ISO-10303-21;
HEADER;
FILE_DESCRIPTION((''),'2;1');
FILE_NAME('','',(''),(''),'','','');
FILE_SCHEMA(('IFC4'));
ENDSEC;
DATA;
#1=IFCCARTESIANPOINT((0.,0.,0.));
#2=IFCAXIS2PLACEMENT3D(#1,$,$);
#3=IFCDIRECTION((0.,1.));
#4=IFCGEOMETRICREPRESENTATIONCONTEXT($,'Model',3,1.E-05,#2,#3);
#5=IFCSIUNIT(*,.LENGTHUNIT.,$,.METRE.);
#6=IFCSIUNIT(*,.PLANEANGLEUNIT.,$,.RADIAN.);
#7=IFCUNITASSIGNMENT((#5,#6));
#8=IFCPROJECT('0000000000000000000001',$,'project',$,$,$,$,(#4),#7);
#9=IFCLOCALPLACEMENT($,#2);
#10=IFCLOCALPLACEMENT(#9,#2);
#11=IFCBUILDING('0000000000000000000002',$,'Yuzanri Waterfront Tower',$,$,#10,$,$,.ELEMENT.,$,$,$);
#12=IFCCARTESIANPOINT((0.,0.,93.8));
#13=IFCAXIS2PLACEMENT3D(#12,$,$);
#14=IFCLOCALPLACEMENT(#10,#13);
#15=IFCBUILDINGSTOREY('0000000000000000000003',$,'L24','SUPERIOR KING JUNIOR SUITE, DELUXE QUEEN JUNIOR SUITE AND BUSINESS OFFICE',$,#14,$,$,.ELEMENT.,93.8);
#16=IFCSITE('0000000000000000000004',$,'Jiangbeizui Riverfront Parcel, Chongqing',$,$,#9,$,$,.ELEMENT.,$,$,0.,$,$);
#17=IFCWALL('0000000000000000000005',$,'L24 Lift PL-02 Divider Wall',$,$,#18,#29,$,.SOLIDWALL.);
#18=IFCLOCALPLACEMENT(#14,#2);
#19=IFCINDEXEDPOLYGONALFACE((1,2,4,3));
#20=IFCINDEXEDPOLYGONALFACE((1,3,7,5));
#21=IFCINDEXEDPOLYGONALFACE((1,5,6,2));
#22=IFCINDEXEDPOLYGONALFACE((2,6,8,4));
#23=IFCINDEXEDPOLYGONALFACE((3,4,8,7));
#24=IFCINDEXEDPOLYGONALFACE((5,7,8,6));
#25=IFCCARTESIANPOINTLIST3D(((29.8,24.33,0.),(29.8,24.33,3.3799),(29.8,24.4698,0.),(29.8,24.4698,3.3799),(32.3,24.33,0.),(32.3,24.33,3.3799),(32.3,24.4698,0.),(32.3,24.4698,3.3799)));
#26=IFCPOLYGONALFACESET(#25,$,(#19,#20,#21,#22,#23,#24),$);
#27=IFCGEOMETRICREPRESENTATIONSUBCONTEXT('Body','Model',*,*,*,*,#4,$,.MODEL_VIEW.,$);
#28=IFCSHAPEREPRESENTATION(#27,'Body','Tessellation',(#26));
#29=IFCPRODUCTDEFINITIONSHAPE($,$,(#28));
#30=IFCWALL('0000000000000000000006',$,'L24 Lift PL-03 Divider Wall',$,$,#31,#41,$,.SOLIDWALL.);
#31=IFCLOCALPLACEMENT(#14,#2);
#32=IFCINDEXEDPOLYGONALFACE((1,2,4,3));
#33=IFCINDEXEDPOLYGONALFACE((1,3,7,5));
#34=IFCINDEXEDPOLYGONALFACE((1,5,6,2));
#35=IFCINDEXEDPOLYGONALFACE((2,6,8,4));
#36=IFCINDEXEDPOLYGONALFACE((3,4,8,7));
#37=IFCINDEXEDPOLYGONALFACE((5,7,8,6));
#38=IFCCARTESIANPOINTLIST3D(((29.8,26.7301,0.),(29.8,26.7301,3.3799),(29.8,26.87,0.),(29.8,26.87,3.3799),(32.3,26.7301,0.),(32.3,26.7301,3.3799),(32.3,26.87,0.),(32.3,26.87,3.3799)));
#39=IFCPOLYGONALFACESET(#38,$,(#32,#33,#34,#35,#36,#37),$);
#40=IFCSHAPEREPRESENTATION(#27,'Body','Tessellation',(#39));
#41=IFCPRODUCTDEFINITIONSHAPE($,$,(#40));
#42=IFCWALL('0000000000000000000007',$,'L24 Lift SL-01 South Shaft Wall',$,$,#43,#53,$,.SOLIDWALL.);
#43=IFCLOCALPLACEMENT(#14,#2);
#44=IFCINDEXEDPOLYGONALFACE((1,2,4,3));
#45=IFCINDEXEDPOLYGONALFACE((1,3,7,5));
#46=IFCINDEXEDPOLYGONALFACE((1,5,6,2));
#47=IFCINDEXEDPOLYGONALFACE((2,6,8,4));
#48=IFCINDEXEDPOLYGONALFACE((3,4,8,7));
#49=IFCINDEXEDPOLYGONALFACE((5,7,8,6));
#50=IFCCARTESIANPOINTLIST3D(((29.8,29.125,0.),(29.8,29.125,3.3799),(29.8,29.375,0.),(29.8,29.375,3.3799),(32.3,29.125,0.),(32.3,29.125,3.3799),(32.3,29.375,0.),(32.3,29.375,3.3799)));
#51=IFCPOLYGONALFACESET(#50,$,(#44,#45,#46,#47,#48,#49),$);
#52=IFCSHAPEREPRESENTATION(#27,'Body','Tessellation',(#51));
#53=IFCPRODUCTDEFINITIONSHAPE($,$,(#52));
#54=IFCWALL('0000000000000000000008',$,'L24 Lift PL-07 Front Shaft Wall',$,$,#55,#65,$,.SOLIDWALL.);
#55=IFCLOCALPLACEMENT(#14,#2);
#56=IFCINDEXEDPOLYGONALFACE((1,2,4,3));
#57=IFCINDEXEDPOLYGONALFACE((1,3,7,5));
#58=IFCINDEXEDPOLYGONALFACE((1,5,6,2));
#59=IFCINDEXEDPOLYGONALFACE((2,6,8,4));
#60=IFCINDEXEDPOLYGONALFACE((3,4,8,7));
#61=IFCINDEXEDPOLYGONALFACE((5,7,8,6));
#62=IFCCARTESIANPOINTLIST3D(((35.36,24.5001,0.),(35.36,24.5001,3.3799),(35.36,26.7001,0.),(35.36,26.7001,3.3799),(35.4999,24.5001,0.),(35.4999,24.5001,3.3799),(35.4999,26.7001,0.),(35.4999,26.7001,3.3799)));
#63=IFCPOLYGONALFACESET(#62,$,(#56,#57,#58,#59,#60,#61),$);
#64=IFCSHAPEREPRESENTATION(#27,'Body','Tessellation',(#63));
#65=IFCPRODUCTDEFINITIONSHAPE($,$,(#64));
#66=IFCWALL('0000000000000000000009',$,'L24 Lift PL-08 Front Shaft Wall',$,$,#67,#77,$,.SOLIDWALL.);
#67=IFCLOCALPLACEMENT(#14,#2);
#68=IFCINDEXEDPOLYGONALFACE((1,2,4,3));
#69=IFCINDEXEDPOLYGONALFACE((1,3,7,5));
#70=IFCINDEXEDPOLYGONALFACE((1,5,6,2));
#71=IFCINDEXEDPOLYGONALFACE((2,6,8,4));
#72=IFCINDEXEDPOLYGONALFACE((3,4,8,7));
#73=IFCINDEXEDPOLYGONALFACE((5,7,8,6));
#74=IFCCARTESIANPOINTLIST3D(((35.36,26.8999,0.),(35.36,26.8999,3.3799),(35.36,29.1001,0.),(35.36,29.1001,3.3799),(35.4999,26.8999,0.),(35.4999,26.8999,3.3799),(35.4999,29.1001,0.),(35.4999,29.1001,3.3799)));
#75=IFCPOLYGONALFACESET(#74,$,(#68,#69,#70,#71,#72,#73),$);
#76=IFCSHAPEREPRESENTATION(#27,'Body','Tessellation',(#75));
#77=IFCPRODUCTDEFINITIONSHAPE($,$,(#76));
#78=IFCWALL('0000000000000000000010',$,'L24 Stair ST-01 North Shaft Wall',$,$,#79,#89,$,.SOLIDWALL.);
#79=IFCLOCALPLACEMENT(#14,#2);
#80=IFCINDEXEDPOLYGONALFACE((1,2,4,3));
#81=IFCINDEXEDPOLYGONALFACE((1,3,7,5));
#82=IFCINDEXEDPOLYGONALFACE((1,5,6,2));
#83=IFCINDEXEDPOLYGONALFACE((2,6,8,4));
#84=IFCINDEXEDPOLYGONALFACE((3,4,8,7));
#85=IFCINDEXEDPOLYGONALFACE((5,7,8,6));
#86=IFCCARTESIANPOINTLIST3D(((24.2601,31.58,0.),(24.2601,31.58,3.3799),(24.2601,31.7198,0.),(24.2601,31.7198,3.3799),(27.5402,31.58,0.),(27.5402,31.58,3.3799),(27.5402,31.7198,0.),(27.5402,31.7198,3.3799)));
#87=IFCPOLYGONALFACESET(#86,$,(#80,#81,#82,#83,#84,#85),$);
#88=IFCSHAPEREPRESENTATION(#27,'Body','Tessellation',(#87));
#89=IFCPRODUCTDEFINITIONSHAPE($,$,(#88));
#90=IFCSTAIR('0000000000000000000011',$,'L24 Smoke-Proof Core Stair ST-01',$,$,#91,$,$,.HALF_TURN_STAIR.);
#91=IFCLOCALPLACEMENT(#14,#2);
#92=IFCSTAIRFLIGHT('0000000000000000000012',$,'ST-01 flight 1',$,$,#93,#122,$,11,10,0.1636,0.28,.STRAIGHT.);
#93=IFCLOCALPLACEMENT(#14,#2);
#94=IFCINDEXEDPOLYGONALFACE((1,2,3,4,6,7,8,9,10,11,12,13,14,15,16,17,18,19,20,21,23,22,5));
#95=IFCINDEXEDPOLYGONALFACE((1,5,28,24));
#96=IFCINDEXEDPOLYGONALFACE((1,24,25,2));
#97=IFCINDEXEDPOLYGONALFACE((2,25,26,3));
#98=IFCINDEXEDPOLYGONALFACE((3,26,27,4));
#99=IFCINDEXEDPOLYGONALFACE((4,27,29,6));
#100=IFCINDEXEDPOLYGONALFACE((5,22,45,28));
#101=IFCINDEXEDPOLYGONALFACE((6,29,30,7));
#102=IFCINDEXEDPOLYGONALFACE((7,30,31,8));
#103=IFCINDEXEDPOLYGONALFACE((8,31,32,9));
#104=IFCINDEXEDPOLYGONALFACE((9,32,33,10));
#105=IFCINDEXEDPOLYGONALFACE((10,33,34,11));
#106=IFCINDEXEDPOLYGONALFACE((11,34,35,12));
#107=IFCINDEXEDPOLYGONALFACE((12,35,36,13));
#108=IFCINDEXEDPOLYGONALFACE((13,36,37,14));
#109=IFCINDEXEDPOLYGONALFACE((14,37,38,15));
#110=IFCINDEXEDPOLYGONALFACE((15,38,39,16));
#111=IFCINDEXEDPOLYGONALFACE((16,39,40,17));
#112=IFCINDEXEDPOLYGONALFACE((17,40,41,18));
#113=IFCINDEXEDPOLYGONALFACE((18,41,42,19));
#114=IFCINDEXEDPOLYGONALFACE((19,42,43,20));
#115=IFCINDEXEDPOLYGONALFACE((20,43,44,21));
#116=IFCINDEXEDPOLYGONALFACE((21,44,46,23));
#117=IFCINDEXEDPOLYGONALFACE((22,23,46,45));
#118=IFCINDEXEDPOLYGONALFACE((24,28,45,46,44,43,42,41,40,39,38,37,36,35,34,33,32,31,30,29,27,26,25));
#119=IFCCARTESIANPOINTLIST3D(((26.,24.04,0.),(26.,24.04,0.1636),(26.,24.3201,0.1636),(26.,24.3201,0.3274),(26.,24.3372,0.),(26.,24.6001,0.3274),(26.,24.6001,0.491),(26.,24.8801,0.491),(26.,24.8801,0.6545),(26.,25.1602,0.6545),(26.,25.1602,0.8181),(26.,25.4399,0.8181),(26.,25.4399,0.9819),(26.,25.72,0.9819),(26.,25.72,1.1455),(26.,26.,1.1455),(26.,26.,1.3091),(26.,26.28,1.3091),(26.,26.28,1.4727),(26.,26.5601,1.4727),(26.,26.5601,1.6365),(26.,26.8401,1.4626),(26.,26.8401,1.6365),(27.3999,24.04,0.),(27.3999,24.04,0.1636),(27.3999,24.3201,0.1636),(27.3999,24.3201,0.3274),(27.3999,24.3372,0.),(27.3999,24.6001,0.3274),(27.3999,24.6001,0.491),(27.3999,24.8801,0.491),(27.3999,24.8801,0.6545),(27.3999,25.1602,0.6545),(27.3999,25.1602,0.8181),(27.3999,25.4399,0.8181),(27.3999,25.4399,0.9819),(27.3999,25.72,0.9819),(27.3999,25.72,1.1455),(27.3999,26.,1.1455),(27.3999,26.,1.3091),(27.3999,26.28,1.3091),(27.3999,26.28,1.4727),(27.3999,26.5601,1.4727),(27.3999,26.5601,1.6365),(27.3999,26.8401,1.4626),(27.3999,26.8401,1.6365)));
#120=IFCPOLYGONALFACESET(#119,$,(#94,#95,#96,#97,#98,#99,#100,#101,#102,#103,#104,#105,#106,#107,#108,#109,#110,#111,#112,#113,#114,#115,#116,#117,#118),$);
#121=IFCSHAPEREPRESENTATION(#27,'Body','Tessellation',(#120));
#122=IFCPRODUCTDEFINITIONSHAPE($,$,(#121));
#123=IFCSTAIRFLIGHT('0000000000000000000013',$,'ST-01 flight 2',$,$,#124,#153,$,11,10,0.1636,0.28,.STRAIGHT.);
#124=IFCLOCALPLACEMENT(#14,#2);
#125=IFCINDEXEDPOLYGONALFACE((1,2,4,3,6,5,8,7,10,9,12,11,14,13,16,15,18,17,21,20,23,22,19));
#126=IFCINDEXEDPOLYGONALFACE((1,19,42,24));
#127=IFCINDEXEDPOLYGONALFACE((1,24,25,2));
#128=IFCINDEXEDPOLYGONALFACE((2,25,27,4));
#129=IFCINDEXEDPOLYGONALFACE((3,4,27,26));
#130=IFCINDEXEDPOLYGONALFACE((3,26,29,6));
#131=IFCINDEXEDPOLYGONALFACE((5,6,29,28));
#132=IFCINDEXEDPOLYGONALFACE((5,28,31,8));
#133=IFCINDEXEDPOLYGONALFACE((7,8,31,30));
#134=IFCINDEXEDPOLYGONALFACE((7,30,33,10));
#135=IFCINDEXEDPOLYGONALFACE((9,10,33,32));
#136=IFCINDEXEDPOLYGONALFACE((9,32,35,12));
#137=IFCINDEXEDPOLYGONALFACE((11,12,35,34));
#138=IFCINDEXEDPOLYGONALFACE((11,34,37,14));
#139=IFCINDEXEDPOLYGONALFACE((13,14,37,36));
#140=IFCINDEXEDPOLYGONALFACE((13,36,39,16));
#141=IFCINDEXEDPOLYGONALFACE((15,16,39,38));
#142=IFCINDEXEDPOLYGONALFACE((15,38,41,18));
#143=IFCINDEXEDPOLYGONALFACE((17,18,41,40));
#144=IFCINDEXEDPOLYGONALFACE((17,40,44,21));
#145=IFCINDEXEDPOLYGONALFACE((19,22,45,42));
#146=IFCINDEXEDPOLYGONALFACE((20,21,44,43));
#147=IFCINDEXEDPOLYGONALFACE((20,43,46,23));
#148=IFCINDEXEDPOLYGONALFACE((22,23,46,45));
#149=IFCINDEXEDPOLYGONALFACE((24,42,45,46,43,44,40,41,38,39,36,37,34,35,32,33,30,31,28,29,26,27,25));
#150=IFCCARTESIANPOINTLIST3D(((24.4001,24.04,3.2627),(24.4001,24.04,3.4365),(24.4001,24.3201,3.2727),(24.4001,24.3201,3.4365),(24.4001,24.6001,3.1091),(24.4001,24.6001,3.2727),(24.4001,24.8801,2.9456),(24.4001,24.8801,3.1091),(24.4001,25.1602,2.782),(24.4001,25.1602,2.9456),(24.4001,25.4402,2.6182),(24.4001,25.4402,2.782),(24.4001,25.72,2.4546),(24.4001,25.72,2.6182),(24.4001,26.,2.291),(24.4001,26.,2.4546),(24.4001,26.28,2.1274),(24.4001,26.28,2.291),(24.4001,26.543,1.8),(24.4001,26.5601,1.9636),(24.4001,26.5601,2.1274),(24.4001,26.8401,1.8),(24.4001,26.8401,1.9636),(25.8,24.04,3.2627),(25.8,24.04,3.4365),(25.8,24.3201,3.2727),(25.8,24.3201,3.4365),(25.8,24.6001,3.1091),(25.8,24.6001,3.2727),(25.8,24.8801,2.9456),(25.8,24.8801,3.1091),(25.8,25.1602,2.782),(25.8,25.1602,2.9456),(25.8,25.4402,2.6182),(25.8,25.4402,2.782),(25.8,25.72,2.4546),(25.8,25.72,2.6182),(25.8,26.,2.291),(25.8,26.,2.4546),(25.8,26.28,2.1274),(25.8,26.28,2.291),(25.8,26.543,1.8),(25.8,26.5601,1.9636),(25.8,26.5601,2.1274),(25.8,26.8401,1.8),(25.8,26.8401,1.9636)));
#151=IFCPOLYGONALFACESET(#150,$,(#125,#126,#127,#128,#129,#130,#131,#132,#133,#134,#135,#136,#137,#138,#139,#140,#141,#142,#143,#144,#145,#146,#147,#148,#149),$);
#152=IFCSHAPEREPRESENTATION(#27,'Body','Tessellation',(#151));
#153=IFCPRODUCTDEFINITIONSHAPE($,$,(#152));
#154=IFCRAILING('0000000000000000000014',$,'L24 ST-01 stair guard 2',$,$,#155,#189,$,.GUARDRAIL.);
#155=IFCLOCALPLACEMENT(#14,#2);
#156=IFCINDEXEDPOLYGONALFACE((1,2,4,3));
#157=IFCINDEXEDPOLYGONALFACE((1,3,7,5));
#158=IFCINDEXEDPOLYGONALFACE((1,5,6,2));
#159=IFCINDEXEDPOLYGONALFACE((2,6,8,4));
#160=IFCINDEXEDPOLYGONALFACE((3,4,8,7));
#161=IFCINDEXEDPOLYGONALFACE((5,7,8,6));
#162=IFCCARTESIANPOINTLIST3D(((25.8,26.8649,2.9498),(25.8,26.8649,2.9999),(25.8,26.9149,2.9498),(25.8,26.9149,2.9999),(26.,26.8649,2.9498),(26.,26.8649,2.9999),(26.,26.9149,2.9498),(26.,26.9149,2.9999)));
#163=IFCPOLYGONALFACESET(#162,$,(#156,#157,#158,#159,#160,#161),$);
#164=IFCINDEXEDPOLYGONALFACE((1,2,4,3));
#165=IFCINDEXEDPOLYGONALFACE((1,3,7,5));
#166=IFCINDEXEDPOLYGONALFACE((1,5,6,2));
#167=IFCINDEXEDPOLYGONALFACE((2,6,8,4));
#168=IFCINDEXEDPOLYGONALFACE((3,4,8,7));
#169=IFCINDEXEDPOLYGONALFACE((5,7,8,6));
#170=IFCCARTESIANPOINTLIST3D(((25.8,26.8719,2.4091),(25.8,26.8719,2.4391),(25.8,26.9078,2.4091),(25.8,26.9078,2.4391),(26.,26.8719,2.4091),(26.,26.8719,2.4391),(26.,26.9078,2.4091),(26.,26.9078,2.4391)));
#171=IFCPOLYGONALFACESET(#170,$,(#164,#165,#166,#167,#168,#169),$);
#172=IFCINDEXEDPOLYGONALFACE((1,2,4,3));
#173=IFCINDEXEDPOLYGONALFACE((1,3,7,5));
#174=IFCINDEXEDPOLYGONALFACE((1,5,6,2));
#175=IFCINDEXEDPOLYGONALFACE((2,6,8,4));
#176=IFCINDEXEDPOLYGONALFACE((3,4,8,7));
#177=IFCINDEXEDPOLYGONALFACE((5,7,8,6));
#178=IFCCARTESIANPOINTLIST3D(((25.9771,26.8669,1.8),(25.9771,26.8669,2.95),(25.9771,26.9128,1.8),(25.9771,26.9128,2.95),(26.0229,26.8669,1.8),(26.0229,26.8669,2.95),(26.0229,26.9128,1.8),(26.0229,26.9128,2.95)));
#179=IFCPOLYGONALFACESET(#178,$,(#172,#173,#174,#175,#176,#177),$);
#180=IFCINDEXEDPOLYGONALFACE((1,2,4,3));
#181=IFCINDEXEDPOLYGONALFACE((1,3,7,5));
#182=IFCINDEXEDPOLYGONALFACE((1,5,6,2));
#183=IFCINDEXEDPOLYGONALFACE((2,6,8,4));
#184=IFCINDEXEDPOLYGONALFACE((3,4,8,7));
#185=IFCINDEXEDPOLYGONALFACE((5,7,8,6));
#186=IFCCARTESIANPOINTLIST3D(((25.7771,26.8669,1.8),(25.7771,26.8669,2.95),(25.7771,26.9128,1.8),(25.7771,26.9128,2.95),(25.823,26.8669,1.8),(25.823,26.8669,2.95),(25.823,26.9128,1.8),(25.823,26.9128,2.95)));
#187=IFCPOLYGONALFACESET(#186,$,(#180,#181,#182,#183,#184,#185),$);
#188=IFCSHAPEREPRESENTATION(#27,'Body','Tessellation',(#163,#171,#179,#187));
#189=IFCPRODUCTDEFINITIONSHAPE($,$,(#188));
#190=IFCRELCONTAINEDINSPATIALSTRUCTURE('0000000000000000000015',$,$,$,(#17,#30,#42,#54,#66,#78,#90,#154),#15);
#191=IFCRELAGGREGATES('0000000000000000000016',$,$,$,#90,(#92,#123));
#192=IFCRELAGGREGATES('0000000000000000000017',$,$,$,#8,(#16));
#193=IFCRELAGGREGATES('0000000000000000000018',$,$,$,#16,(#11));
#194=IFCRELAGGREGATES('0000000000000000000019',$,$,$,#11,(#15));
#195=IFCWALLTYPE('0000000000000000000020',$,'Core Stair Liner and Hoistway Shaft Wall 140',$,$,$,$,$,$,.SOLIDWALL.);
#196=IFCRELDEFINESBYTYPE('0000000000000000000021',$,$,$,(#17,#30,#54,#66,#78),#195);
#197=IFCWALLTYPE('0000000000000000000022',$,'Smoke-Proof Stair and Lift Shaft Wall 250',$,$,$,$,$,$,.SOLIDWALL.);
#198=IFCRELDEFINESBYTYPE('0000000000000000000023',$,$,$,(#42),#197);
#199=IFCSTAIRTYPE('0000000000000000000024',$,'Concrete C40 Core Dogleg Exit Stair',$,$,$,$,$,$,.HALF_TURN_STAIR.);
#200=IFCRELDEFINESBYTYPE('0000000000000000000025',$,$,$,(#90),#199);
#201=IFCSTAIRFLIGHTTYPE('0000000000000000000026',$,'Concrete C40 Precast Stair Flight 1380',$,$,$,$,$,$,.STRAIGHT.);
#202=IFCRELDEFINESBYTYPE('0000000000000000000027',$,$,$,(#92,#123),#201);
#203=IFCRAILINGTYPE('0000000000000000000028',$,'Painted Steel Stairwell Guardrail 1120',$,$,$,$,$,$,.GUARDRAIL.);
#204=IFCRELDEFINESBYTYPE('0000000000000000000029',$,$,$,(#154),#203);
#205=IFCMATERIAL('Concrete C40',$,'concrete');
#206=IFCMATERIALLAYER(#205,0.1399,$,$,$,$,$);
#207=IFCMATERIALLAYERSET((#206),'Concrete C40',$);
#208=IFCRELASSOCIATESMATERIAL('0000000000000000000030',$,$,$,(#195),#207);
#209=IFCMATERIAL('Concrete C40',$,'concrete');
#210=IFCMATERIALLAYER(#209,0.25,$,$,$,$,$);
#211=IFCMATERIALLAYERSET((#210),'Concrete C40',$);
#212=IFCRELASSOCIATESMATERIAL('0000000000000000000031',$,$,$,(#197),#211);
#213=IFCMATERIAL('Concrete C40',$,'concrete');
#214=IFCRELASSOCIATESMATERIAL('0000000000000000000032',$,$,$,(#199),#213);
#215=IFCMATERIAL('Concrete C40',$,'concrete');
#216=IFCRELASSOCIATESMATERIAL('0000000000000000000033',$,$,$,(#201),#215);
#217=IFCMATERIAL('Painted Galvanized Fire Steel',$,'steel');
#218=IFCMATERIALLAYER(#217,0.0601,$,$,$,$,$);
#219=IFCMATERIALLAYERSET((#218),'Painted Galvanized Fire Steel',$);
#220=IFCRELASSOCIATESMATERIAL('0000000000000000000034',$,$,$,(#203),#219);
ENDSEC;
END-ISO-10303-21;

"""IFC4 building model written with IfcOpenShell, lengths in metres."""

from ifc_helpers import new_model, si_unit, direction, frame, frame_2d, origin, origin_2d, place, context, subcontext, project, spatial, polyline, rectangle, outline, extrude, source, transform, mapped, material, layer, layer_set, type_object, element, aggregate, save


model = new_model("IFC4")

# Units and contexts
model_context = context("Model", 3, precision=1e-05, world=origin(), true_north=direction((0.0, 1.0)))
body_context = subcontext(model_context, "Body", "Model", "MODEL_VIEW")
ifc_project = project(units=[si_unit("LENGTHUNIT", "METRE"), si_unit("PLANEANGLEUNIT", "RADIAN")], contexts=[model_context])

# Site, building, storey
site_placement = place(None, origin())
site = spatial("IfcSite", under=ifc_project, at=site_placement, Name="Jiangbeizui Riverfront Parcel, Chongqing", CompositionType="ELEMENT", RefElevation=0.0)
building_placement = place(site_placement, origin())
building = spatial("IfcBuilding", under=site, at=building_placement, Name="Yuzanri Waterfront Tower", CompositionType="ELEMENT")
storey_placement = place(building_placement, frame((0.0, 0.0, 93.8)))
storey = spatial("IfcBuildingStorey", under=building, at=storey_placement, Name="L24", Description="SUPERIOR KING JUNIOR SUITE, DELUXE QUEEN JUNIOR SUITE AND BUSINESS OFFICE", CompositionType="ELEMENT", Elevation=93.8)

# Shared definitions
ifc_material_1 = material(Name="Concrete C40", Category="concrete")
ifc_layer_1 = layer(ifc_material_1, 0.1399)
ifc_layer_set_1 = layer_set([ifc_layer_1], Name="Concrete C40")
wall_type_1 = type_object("IfcWallType", Name="Core Stair Liner and Hoistway Shaft Wall 140", PredefinedType="SOLIDWALL", material=ifc_layer_set_1)

# Walls
shared_shape_1 = source(origin(), body_context, "Body", "SweptSolid", [
    extrude(rectangle(XDim=2.5, YDim=0.1399, at=frame_2d((1.25, 0.0))), origin(), (0.0, 0.0, 1.0), 3.3799),
])
for number, where, z_axis, x_axis, name in (
    (1, (29.8, 24.3999, 0.0), (0.0, 0.0, 1.0), (1.0, 0.0, 0.0), "L24 Lift PL-02 Divider Wall"),
    (2, (29.8, 26.8, 0.0), (0.0, 0.0, 1.0), (1.0, 0.0, 0.0), "L24 Lift PL-03 Divider Wall"),
):
    element("IfcWall", number, at=place(storey_placement, frame(where, z_axis=z_axis, x_axis=x_axis)), inside=storey, type_object=wall_type_1, Name=name, PredefinedType="SOLIDWALL", context=body_context, shape_type="MappedRepresentation", body=[
        mapped(shared_shape_1, transform((0.0, 0.0, 0.0), scale=1.0)),
    ])
ifc_material_2 = material(Name="Concrete C40", Category="concrete")
ifc_layer_2 = layer(ifc_material_2, 0.25)
ifc_layer_set_2 = layer_set([ifc_layer_2], Name="Concrete C40")
wall_type_2 = type_object("IfcWallType", Name="Smoke-Proof Stair and Lift Shaft Wall 250", PredefinedType="SOLIDWALL", material=ifc_layer_set_2)
shared_shape_2 = source(origin(), body_context, "Body", "SweptSolid", [
    extrude(rectangle(XDim=2.5, YDim=0.25, at=frame_2d((1.25, 0.0))), origin(), (0.0, 0.0, 1.0), 3.3799),
])
wall_1_placement = place(storey_placement, frame((29.8, 29.25, 0.0), z_axis=(0.0, 0.0, 1.0), x_axis=(1.0, 0.0, 0.0)))
element("IfcWall", 3, at=wall_1_placement, inside=storey, type_object=wall_type_2, Name="L24 Lift SL-01 South Shaft Wall", PredefinedType="SOLIDWALL", context=body_context, shape_type="MappedRepresentation", body=[
    mapped(shared_shape_2, transform((0.0, 0.0, 0.0), scale=1.0)),
])
shared_shape_3 = source(origin(), body_context, "Body", "SweptSolid", [
    extrude(rectangle(XDim=2.2, YDim=0.1399, at=frame_2d((1.1001, 0.0))), origin(), (0.0, 0.0, 1.0), 3.3799),
])
wall_2_placement = place(storey_placement, frame((35.4299, 24.5, 0.0), z_axis=(0.0, 0.0, 1.0), x_axis=(0.0, 1.0, 0.0)))
element("IfcWall", 4, at=wall_2_placement, inside=storey, type_object=wall_type_1, Name="L24 Lift PL-07 Front Shaft Wall", PredefinedType="SOLIDWALL", context=body_context, shape_type="MappedRepresentation", body=[
    mapped(shared_shape_3, transform((0.0, 0.0, 0.0), scale=1.0)),
])
shared_shape_4 = source(origin(), body_context, "Body", "SweptSolid", [
    extrude(rectangle(XDim=2.2002, YDim=0.1399, at=frame_2d((1.1001, 0.0))), origin(), (0.0, 0.0, 1.0), 3.3799),
])
wall_3_placement = place(storey_placement, frame((35.4299, 26.8999, 0.0), z_axis=(0.0, 0.0, 1.0), x_axis=(0.0, 1.0, 0.0)))
element("IfcWall", 5, at=wall_3_placement, inside=storey, type_object=wall_type_1, Name="L24 Lift PL-08 Front Shaft Wall", PredefinedType="SOLIDWALL", context=body_context, shape_type="MappedRepresentation", body=[
    mapped(shared_shape_4, transform((0.0, 0.0, 0.0), scale=1.0)),
])
shared_shape_5 = source(origin(), body_context, "Body", "SweptSolid", [
    extrude(rectangle(XDim=3.28, YDim=0.1399, at=frame_2d((1.6401, 0.0))), origin(), (0.0, 0.0, 1.0), 3.3799),
])
wall_4_placement = place(storey_placement, frame((24.26, 31.6499, 0.0), z_axis=(0.0, 0.0, 1.0), x_axis=(1.0, 0.0, 0.0)))
element("IfcWall", 6, at=wall_4_placement, inside=storey, type_object=wall_type_1, Name="L24 Stair ST-01 North Shaft Wall", PredefinedType="SOLIDWALL", context=body_context, shape_type="MappedRepresentation", body=[
    mapped(shared_shape_5, transform((0.0, 0.0, 0.0), scale=1.0)),
])

# Stair, stair flights
ifc_material_3 = material(Name="Concrete C40", Category="concrete")
stair_type = type_object("IfcStairType", Name="Concrete C40 Core Dogleg Exit Stair", PredefinedType="HALF_TURN_STAIR", material=ifc_material_3)
stair_placement = place(storey_placement, origin())
stair = element("IfcStair", 7, at=stair_placement, inside=storey, type_object=stair_type, Name="L24 Smoke-Proof Core Stair ST-01", PredefinedType="HALF_TURN_STAIR")
ifc_material_4 = material(Name="Concrete C40", Category="concrete")
stair_flight_type = type_object("IfcStairFlightType", Name="Concrete C40 Precast Stair Flight 1380", PredefinedType="STRAIGHT", material=ifc_material_4)
shared_shape_6 = source(origin(), body_context, "Body", "SweptSolid", [
    extrude(outline(polyline([(0.0, 0.0), (0.0, 0.1636), (0.28, 0.1636), (0.28, 0.3274), (0.5601, 0.3274), (0.5601, 0.491), (0.8401, 0.491), (0.8401, 0.6545), (1.1201, 0.6545), (1.1201, 0.8181), (1.3999, 0.8181), (1.3999, 0.9819), (1.6799, 0.9819), (1.6799, 1.1455), (1.96, 1.1455), (1.96, 1.3091), (2.24, 1.3091), (2.24, 1.4727), (2.52, 1.4727), (2.52, 1.6365), (2.8, 1.6365), (2.8, 1.8), (2.8, 1.4626), (0.2971, 0.0), (0.0, 0.0)])), frame((0.0, 0.7, 0.0), z_axis=(0.0, -1.0, 0.0), x_axis=(1.0, 0.0, 0.0)), (0.0, 0.0, 1.0), 1.3999),
])
stair_flight_1_placement = place(storey_placement, frame((26.7, 24.04, 0.0), z_axis=(0.0, 0.0, 1.0), x_axis=(0.0, 1.0, 0.0)))
stair_flight_1 = element("IfcStairFlight", 8, at=stair_flight_1_placement, type_object=stair_flight_type, Name="ST-01 flight 1", NumberOfRisers=11, NumberOfTreads=10, PredefinedType="STRAIGHT", RiserHeight=0.1636, TreadLength=0.28, context=body_context, shape_type="MappedRepresentation", body=[
    mapped(shared_shape_6, transform((0.0, 0.0, 0.0), scale=1.0)),
])
stair_flight_2_placement = place(storey_placement, frame((25.1001, 26.8401, 1.8), z_axis=(0.0, 0.0, 1.0), x_axis=(0.0, -1.0, 0.0)))
stair_flight_2 = element("IfcStairFlight", 9, at=stair_flight_2_placement, type_object=stair_flight_type, Name="ST-01 flight 2", NumberOfRisers=11, NumberOfTreads=10, PredefinedType="STRAIGHT", RiserHeight=0.1636, TreadLength=0.28, context=body_context, shape_type="MappedRepresentation", body=[
    mapped(shared_shape_6, transform((0.0, 0.0, 0.0), scale=1.0)),
])
aggregate(stair, [stair_flight_1, stair_flight_2])

# Railing
ifc_material_5 = material(Name="Painted Galvanized Fire Steel", Category="steel")
ifc_layer_3 = layer(ifc_material_5, 0.0601)
ifc_layer_set_3 = layer_set([ifc_layer_3], Name="Painted Galvanized Fire Steel")
railing_type_1 = type_object("IfcRailingType", Name="Painted Steel Stairwell Guardrail 1120", PredefinedType="GUARDRAIL", material=ifc_layer_set_3)
shared_shape_7 = source(origin(), body_context, "Body", "SweptSolid", [
    extrude(rectangle(XDim=0.05, YDim=0.05, at=origin_2d()), frame((0.0, 0.0, 1.1748), z_axis=(-1.0, 0.0, 0.0), x_axis=(0.0, -1.0, 0.0)), (0.0, 0.0, 1.0), 0.2),
    extrude(rectangle(XDim=0.0359, YDim=0.03, at=origin_2d()), frame((0.0, 0.0, 0.624), z_axis=(-1.0, 0.0, 0.0), x_axis=(0.0, -1.0, 0.0)), (0.0, 0.0, 1.0), 0.2),
    extrude(rectangle(XDim=0.0459, YDim=0.0459, at=origin_2d()), origin(), (0.0, 0.0, 1.0), 1.1499),
    extrude(rectangle(XDim=0.0459, YDim=0.0459, at=origin_2d()), frame((-0.2, 0.0, 0.0)), (0.0, 0.0, 1.0), 1.1499),
])
railing_1_placement = place(storey_placement, frame((26.0, 26.8899, 1.8)))
element("IfcRailing", 10, at=railing_1_placement, inside=storey, type_object=railing_type_1, Name="L24 ST-01 stair guard 2", PredefinedType="GUARDRAIL", context=body_context, shape_type="MappedRepresentation", body=[
    mapped(shared_shape_7, transform((0.0, 0.0, 0.0), scale=1.0)),
])

save(model, "model.ifc")
